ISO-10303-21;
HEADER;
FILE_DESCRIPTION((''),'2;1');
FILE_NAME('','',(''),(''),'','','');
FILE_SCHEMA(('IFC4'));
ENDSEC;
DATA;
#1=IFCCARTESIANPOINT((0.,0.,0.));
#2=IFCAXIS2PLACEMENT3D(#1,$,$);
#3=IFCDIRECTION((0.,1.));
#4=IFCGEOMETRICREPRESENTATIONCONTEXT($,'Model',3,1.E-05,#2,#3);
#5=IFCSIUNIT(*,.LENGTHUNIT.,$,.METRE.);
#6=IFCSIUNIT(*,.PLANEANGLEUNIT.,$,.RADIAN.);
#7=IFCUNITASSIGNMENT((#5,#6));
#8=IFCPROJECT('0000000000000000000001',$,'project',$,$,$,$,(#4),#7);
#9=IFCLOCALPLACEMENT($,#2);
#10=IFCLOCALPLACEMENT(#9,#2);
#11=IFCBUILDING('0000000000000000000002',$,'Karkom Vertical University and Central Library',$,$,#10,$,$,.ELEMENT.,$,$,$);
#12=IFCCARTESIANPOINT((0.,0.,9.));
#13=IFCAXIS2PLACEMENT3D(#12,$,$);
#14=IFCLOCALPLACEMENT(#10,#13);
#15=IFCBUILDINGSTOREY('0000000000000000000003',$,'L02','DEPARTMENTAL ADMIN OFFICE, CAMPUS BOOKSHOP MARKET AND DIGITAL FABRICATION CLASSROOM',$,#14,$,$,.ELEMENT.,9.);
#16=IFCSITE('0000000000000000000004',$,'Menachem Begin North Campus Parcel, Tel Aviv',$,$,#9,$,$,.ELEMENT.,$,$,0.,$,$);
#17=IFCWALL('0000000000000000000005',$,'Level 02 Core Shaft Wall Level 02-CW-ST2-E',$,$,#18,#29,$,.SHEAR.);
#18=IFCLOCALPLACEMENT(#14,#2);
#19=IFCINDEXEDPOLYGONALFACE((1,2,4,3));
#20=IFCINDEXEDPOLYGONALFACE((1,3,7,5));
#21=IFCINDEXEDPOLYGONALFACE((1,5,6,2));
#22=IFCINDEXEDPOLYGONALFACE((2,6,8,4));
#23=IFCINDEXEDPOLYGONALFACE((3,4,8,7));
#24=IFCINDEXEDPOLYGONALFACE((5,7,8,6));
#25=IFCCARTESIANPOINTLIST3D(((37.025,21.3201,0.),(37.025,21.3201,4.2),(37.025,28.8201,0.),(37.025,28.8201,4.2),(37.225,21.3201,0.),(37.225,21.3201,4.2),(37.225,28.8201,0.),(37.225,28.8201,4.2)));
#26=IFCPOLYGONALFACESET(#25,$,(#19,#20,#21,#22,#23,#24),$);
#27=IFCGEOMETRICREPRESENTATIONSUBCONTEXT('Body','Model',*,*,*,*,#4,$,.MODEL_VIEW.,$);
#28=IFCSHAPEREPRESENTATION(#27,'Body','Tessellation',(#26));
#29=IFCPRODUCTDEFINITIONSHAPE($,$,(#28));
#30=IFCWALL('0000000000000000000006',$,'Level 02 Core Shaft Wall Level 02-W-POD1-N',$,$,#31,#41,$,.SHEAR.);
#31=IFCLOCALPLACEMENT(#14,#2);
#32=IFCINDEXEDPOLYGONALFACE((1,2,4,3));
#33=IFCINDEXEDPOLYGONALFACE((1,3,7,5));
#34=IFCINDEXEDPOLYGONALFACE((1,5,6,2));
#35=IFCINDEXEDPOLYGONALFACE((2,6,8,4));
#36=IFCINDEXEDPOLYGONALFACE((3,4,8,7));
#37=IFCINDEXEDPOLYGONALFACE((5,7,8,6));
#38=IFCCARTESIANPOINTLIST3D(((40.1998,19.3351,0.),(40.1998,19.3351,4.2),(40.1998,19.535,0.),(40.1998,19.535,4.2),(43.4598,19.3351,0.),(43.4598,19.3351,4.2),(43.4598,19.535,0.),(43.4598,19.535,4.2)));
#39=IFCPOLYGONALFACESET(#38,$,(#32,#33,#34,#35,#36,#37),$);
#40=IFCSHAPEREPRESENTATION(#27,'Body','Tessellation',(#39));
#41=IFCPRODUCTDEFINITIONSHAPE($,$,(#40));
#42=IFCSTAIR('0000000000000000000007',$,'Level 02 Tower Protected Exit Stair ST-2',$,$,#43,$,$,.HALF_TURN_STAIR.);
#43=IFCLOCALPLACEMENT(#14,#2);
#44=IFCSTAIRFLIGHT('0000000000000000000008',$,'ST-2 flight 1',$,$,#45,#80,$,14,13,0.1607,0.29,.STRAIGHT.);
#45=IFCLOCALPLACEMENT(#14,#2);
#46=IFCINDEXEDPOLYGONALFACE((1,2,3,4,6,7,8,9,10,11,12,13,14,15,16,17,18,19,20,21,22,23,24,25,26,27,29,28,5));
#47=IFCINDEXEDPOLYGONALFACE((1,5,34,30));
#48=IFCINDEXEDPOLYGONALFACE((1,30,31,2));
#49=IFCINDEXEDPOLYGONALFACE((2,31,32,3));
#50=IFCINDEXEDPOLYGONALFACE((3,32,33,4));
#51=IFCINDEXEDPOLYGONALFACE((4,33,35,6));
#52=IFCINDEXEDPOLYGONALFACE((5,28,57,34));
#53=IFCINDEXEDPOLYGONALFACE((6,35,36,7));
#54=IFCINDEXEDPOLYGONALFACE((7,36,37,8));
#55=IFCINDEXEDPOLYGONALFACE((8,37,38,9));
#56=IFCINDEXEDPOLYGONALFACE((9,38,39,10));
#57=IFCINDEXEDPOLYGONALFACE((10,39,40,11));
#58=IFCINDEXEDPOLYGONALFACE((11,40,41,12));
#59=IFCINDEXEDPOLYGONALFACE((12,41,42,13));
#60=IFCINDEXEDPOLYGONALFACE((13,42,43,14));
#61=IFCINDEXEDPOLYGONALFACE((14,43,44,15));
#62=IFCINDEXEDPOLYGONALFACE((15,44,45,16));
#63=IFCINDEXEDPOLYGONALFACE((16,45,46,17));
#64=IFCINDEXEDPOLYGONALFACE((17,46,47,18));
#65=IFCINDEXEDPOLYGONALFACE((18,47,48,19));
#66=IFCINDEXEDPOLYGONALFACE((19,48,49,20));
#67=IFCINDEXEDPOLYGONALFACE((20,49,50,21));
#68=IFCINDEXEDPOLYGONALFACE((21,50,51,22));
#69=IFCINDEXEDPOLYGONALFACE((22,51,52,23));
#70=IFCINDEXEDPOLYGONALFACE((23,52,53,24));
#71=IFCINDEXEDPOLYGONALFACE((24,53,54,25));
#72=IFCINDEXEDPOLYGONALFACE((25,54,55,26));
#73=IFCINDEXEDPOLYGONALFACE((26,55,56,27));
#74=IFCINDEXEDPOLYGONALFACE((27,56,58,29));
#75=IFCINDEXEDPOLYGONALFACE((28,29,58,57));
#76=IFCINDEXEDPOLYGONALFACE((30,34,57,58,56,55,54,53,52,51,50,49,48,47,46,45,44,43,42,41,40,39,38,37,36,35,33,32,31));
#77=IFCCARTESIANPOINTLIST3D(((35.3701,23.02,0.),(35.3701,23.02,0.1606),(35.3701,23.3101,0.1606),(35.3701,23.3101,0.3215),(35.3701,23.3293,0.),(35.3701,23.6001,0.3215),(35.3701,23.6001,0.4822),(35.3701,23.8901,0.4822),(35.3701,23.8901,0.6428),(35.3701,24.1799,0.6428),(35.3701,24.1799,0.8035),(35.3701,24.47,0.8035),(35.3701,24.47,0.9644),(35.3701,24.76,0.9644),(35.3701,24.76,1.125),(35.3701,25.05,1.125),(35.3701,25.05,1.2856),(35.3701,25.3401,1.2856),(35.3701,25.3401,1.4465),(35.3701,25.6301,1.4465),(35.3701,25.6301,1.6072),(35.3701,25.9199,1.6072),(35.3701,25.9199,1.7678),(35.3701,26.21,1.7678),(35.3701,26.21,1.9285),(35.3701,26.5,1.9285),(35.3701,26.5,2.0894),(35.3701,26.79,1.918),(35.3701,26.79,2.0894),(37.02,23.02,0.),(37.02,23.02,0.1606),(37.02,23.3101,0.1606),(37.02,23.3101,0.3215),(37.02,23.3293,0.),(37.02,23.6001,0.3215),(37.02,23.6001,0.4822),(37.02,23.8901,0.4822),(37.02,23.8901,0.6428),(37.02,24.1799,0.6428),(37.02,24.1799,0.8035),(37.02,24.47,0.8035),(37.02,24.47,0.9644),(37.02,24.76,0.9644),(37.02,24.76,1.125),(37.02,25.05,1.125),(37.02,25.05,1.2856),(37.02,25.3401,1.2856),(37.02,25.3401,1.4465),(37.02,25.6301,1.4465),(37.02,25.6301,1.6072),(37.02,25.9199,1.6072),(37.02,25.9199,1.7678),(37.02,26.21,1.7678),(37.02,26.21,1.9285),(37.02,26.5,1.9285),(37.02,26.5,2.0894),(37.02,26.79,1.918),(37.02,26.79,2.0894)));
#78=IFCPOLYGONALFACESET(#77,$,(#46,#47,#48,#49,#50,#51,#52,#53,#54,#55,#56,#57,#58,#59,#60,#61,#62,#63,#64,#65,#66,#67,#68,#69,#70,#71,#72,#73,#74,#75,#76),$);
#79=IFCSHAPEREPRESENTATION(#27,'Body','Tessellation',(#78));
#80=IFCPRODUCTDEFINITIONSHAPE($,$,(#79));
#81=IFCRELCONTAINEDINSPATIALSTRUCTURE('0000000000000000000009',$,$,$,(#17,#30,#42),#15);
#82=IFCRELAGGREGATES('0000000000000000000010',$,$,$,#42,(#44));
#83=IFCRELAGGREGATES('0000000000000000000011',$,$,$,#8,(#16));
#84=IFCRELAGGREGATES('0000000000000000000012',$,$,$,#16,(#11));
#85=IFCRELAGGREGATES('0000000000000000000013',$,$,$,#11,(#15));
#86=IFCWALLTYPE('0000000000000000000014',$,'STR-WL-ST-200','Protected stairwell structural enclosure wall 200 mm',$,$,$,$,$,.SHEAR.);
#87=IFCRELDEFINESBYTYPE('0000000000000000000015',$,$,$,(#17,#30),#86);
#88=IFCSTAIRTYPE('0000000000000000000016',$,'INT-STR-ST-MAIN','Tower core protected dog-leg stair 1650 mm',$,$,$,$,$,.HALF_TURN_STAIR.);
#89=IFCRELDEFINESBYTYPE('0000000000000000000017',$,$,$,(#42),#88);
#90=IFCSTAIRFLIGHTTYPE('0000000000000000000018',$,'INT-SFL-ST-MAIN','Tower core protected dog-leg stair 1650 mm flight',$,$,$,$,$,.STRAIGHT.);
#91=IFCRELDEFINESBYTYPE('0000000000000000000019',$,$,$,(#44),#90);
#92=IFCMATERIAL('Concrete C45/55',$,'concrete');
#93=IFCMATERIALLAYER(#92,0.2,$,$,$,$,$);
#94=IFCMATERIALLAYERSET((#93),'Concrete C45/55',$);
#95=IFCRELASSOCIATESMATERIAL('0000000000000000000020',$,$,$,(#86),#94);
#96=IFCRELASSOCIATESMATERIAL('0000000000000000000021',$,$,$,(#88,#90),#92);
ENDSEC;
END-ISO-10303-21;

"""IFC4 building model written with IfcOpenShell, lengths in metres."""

from ifc_helpers import new_model, si_unit, direction, frame, frame_2d, origin, place, context, subcontext, project, spatial, polyline, rectangle, outline, extrude, material, layer, layer_set, type_object, element, aggregate, save


model = new_model("IFC4")

# Units and contexts
model_context = context("Model", 3, precision=1e-05, world=origin(), true_north=direction((0.0, 1.0)))
body_context = subcontext(model_context, "Body", "Model", "MODEL_VIEW")
ifc_project = project(units=[si_unit("LENGTHUNIT", "METRE"), si_unit("PLANEANGLEUNIT", "RADIAN")], contexts=[model_context])

# Site, building, storey
site_placement = place(None, origin())
site = spatial("IfcSite", under=ifc_project, at=site_placement, Name="Menachem Begin North Campus Parcel, Tel Aviv", CompositionType="ELEMENT", RefElevation=0.0)
building_placement = place(site_placement, origin())
building = spatial("IfcBuilding", under=site, at=building_placement, Name="Karkom Vertical University and Central Library", CompositionType="ELEMENT")
storey_placement = place(building_placement, frame((0.0, 0.0, 9.0)))
storey = spatial("IfcBuildingStorey", under=building, at=storey_placement, Name="L02", Description="DEPARTMENTAL ADMIN OFFICE, CAMPUS BOOKSHOP MARKET AND DIGITAL FABRICATION CLASSROOM", CompositionType="ELEMENT", Elevation=9.0)

# Walls
ifc_material_1 = material(Name="Concrete C45/55", Category="concrete")
ifc_layer_1 = layer(ifc_material_1, 0.2)
ifc_layer_set_1 = layer_set([ifc_layer_1], Name="Concrete C45/55")
wall_type_1 = type_object("IfcWallType", Name="STR-WL-ST-200", Description="Protected stairwell structural enclosure wall 200 mm", PredefinedType="SHEAR", material=ifc_layer_set_1)
wall_1_placement = place(storey_placement, frame((37.125, 21.3201, 0.0), z_axis=(0.0, 0.0, 1.0), x_axis=(0.0, 1.0, 0.0)))
element("IfcWall", 1, at=wall_1_placement, inside=storey, type_object=wall_type_1, Name="Level 02 Core Shaft Wall Level 02-CW-ST2-E", PredefinedType="SHEAR", context=body_context, shape_type="SweptSolid", body=[
    extrude(rectangle(XDim=7.5, YDim=0.2, at=frame_2d((3.75, 0.0))), origin(), (0.0, 0.0, 1.0), 4.2),
])
wall_2_placement = place(storey_placement, frame((40.2, 19.4351, 0.0), z_axis=(0.0, 0.0, 1.0), x_axis=(1.0, 0.0, 0.0)))
element("IfcWall", 2, at=wall_2_placement, inside=storey, type_object=wall_type_1, Name="Level 02 Core Shaft Wall Level 02-W-POD1-N", PredefinedType="SHEAR", context=body_context, shape_type="SweptSolid", body=[
    extrude(rectangle(XDim=3.26, YDim=0.2, at=frame_2d((1.6299, 0.0))), origin(), (0.0, 0.0, 1.0), 4.2),
])

# Stair, stair flight
stair_type = type_object("IfcStairType", Name="INT-STR-ST-MAIN", Description="Tower core protected dog-leg stair 1650 mm", PredefinedType="HALF_TURN_STAIR", material=ifc_material_1)
stair_placement = place(storey_placement, origin())
stair = element("IfcStair", 3, at=stair_placement, inside=storey, type_object=stair_type, Name="Level 02 Tower Protected Exit Stair ST-2", PredefinedType="HALF_TURN_STAIR")
stair_flight_type = type_object("IfcStairFlightType", Name="INT-SFL-ST-MAIN", Description="Tower core protected dog-leg stair 1650 mm flight", PredefinedType="STRAIGHT", material=ifc_material_1)
stair_flight_placement = place(storey_placement, frame((36.1951, 23.02, 0.0), z_axis=(0.0, 0.0, 1.0), x_axis=(0.0, 1.0, 0.0)))
stair_flight = element("IfcStairFlight", 4, at=stair_flight_placement, type_object=stair_flight_type, Name="ST-2 flight 1", NumberOfRisers=14, NumberOfTreads=13, PredefinedType="STRAIGHT", RiserHeight=0.1607, TreadLength=0.29, context=body_context, shape_type="SweptSolid", body=[
    extrude(outline(polyline([(0.0, 0.0), (0.0, 0.1606), (0.29, 0.1606), (0.29, 0.3215), (0.5801, 0.3215), (0.5801, 0.4822), (0.8701, 0.4822), (0.8701, 0.6428), (1.1599, 0.6428), (1.1599, 0.8035), (1.45, 0.8035), (1.45, 0.9644), (1.74, 0.9644), (1.74, 1.125), (2.03, 1.125), (2.03, 1.2856), (2.3201, 1.2856), (2.3201, 1.4465), (2.6101, 1.4465), (2.6101, 1.6072), (2.8999, 1.6072), (2.8999, 1.7678), (3.1899, 1.7678), (3.1899, 1.9285), (3.48, 1.9285), (3.48, 2.0894), (3.77, 2.0894), (3.77, 2.25), (3.77, 1.918), (0.3093, 0.0), (0.0, 0.0)])), frame((0.0, 0.825, 0.0), z_axis=(0.0, -1.0, 0.0), x_axis=(1.0, 0.0, 0.0)), (0.0, 0.0, 1.0), 1.6499),
])
aggregate(stair, [stair_flight])

save(model, "model.ifc")
